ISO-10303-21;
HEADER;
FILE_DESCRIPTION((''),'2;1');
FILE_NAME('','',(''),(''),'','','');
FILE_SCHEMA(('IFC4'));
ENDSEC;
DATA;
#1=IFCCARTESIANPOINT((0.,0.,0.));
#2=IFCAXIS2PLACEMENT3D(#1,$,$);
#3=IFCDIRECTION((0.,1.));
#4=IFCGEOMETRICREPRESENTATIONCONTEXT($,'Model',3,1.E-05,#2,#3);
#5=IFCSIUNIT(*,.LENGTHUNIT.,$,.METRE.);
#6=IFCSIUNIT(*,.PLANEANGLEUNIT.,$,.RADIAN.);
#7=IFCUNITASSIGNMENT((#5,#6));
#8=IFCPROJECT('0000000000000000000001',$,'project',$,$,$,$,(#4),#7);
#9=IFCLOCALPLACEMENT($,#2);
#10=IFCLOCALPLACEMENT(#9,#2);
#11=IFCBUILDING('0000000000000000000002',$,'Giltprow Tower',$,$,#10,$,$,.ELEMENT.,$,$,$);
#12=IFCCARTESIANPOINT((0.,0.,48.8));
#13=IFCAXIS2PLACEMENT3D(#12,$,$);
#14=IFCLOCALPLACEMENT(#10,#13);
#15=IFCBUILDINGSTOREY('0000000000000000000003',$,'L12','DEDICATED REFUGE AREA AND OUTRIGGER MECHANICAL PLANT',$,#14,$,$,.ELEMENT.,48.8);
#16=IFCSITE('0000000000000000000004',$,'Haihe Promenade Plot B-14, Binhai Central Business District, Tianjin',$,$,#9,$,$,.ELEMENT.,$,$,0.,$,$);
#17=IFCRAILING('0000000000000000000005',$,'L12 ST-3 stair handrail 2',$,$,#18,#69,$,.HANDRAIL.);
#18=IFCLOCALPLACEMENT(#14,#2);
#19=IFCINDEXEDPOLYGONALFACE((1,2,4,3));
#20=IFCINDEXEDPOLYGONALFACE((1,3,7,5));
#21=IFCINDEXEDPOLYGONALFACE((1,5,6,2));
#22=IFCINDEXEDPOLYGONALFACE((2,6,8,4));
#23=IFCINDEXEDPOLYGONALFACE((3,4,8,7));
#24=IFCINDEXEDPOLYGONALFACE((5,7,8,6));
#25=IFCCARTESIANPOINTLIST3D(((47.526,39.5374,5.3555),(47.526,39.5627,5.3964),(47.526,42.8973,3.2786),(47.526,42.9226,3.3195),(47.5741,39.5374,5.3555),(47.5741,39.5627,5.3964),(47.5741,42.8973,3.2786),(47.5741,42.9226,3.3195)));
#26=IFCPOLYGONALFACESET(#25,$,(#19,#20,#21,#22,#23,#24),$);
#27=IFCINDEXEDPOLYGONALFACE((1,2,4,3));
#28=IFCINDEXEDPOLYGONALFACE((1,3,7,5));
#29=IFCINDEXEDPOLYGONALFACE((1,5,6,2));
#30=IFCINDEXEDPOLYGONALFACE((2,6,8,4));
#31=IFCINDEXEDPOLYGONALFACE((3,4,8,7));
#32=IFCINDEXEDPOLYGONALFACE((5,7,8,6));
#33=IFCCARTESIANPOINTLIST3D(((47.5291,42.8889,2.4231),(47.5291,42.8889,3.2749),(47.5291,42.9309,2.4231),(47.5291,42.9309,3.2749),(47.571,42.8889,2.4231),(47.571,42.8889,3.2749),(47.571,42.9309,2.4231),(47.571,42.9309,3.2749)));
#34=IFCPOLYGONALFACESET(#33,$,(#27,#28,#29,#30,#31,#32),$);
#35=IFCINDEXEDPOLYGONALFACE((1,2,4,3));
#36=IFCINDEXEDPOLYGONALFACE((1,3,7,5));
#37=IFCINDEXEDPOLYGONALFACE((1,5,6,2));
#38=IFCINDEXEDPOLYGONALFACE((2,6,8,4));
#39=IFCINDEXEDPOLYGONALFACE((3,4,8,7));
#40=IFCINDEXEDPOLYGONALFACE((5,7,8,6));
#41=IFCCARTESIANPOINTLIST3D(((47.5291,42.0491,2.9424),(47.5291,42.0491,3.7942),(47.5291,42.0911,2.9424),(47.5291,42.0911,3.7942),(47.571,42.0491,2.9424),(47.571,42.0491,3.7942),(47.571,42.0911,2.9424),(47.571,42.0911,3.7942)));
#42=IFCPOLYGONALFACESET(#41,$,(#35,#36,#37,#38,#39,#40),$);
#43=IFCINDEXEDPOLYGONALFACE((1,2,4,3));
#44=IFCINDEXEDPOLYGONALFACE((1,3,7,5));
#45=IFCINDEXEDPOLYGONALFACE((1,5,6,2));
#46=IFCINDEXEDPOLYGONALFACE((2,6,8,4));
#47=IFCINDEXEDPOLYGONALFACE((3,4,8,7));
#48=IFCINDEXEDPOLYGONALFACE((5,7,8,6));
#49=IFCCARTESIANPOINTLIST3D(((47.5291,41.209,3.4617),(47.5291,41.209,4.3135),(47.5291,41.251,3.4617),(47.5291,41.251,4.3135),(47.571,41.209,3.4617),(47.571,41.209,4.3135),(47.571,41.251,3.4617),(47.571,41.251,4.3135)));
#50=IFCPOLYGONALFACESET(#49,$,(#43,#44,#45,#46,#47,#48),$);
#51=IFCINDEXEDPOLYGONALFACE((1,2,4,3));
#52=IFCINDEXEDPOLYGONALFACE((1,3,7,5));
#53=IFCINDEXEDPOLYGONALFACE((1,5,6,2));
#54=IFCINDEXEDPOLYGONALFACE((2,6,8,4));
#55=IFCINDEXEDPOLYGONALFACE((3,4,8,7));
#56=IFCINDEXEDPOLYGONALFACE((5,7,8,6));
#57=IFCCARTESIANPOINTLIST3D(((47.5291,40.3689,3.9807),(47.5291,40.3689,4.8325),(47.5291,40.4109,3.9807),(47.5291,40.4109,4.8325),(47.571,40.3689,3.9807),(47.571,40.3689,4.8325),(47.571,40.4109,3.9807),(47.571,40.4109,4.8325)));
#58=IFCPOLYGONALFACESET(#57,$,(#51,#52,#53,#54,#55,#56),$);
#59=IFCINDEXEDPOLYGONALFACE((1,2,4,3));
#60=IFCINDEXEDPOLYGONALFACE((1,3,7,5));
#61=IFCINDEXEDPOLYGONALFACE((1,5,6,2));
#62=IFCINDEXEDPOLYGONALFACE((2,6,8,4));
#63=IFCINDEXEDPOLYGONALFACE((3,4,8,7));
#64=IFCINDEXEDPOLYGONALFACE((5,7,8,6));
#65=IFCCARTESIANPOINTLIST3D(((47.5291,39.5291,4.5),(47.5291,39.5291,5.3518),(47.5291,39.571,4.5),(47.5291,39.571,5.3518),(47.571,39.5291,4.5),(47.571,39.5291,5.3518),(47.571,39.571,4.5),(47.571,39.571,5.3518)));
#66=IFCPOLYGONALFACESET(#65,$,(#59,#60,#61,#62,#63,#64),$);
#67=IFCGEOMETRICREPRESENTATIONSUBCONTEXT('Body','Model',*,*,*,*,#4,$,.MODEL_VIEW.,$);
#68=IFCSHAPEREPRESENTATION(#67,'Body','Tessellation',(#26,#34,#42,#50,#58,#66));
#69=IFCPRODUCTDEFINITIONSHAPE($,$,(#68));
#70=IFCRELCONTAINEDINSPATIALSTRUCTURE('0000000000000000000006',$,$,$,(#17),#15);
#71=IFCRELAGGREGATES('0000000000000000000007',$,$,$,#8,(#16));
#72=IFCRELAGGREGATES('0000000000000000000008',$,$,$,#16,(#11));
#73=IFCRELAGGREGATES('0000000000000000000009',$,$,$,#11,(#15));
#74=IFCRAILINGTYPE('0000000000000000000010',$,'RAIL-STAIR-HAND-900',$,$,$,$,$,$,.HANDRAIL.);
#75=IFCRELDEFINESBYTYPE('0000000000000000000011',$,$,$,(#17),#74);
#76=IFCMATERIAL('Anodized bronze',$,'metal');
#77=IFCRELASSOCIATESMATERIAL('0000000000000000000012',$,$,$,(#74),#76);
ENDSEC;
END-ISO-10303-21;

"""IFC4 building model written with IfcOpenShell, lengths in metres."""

from ifc_helpers import new_model, si_unit, direction, frame, origin, origin_2d, place, context, subcontext, project, spatial, rectangle, extrude, material, type_object, element, save


model = new_model("IFC4")

# Units and contexts
model_context = context("Model", 3, precision=1e-05, world=origin(), true_north=direction((0.0, 1.0)))
body_context = subcontext(model_context, "Body", "Model", "MODEL_VIEW")
ifc_project = project(units=[si_unit("LENGTHUNIT", "METRE"), si_unit("PLANEANGLEUNIT", "RADIAN")], contexts=[model_context])

# Site, building, storey
site_placement = place(None, origin())
site = spatial("IfcSite", under=ifc_project, at=site_placement, Name="Haihe Promenade Plot B-14, Binhai Central Business District, Tianjin", CompositionType="ELEMENT", RefElevation=0.0)
building_placement = place(site_placement, origin())
building = spatial("IfcBuilding", under=site, at=building_placement, Name="Giltprow Tower", CompositionType="ELEMENT")
storey_placement = place(building_placement, frame((0.0, 0.0, 48.8)))
storey = spatial("IfcBuildingStorey", under=building, at=storey_placement, Name="L12", Description="DEDICATED REFUGE AREA AND OUTRIGGER MECHANICAL PLANT", CompositionType="ELEMENT", Elevation=48.8)

# Railing
ifc_material_1 = material(Name="Anodized bronze", Category="metal")
railing_type_1 = type_object("IfcRailingType", Name="RAIL-STAIR-HAND-900", PredefinedType="HANDRAIL", material=ifc_material_1)
railing_1_placement = place(storey_placement, frame((47.55, 42.9099, 2.4231)))
element("IfcRailing", 1, at=railing_1_placement, inside=storey, type_object=railing_type_1, Name="L12 ST-3 stair handrail 2", PredefinedType="HANDRAIL", context=body_context, shape_type="SweptSolid", body=[
    extrude(rectangle(XDim=0.0481, YDim=0.0481, at=origin_2d()), frame((0.0, 0.0, 0.876), z_axis=(0.0, -0.850606, 0.525803), x_axis=(1.0, 0.0, 0.0)), (0.0, 0.0, 1.0), 3.95),
    extrude(rectangle(XDim=0.042, YDim=0.042, at=origin_2d()), origin(), (0.0, 0.0, 1.0), 0.8518),
    extrude(rectangle(XDim=0.042, YDim=0.042, at=origin_2d()), frame((0.0, -0.8398, 0.5193)), (0.0, 0.0, 1.0), 0.8518),
    extrude(rectangle(XDim=0.042, YDim=0.042, at=origin_2d()), frame((0.0, -1.6799, 1.0386)), (0.0, 0.0, 1.0), 0.8518),
    extrude(rectangle(XDim=0.042, YDim=0.042, at=origin_2d()), frame((0.0, -2.52, 1.5576)), (0.0, 0.0, 1.0), 0.8518),
    extrude(rectangle(XDim=0.042, YDim=0.042, at=origin_2d()), frame((0.0, -3.3599, 2.0769)), (0.0, 0.0, 1.0), 0.8518),
])

save(model, "model.ifc")
